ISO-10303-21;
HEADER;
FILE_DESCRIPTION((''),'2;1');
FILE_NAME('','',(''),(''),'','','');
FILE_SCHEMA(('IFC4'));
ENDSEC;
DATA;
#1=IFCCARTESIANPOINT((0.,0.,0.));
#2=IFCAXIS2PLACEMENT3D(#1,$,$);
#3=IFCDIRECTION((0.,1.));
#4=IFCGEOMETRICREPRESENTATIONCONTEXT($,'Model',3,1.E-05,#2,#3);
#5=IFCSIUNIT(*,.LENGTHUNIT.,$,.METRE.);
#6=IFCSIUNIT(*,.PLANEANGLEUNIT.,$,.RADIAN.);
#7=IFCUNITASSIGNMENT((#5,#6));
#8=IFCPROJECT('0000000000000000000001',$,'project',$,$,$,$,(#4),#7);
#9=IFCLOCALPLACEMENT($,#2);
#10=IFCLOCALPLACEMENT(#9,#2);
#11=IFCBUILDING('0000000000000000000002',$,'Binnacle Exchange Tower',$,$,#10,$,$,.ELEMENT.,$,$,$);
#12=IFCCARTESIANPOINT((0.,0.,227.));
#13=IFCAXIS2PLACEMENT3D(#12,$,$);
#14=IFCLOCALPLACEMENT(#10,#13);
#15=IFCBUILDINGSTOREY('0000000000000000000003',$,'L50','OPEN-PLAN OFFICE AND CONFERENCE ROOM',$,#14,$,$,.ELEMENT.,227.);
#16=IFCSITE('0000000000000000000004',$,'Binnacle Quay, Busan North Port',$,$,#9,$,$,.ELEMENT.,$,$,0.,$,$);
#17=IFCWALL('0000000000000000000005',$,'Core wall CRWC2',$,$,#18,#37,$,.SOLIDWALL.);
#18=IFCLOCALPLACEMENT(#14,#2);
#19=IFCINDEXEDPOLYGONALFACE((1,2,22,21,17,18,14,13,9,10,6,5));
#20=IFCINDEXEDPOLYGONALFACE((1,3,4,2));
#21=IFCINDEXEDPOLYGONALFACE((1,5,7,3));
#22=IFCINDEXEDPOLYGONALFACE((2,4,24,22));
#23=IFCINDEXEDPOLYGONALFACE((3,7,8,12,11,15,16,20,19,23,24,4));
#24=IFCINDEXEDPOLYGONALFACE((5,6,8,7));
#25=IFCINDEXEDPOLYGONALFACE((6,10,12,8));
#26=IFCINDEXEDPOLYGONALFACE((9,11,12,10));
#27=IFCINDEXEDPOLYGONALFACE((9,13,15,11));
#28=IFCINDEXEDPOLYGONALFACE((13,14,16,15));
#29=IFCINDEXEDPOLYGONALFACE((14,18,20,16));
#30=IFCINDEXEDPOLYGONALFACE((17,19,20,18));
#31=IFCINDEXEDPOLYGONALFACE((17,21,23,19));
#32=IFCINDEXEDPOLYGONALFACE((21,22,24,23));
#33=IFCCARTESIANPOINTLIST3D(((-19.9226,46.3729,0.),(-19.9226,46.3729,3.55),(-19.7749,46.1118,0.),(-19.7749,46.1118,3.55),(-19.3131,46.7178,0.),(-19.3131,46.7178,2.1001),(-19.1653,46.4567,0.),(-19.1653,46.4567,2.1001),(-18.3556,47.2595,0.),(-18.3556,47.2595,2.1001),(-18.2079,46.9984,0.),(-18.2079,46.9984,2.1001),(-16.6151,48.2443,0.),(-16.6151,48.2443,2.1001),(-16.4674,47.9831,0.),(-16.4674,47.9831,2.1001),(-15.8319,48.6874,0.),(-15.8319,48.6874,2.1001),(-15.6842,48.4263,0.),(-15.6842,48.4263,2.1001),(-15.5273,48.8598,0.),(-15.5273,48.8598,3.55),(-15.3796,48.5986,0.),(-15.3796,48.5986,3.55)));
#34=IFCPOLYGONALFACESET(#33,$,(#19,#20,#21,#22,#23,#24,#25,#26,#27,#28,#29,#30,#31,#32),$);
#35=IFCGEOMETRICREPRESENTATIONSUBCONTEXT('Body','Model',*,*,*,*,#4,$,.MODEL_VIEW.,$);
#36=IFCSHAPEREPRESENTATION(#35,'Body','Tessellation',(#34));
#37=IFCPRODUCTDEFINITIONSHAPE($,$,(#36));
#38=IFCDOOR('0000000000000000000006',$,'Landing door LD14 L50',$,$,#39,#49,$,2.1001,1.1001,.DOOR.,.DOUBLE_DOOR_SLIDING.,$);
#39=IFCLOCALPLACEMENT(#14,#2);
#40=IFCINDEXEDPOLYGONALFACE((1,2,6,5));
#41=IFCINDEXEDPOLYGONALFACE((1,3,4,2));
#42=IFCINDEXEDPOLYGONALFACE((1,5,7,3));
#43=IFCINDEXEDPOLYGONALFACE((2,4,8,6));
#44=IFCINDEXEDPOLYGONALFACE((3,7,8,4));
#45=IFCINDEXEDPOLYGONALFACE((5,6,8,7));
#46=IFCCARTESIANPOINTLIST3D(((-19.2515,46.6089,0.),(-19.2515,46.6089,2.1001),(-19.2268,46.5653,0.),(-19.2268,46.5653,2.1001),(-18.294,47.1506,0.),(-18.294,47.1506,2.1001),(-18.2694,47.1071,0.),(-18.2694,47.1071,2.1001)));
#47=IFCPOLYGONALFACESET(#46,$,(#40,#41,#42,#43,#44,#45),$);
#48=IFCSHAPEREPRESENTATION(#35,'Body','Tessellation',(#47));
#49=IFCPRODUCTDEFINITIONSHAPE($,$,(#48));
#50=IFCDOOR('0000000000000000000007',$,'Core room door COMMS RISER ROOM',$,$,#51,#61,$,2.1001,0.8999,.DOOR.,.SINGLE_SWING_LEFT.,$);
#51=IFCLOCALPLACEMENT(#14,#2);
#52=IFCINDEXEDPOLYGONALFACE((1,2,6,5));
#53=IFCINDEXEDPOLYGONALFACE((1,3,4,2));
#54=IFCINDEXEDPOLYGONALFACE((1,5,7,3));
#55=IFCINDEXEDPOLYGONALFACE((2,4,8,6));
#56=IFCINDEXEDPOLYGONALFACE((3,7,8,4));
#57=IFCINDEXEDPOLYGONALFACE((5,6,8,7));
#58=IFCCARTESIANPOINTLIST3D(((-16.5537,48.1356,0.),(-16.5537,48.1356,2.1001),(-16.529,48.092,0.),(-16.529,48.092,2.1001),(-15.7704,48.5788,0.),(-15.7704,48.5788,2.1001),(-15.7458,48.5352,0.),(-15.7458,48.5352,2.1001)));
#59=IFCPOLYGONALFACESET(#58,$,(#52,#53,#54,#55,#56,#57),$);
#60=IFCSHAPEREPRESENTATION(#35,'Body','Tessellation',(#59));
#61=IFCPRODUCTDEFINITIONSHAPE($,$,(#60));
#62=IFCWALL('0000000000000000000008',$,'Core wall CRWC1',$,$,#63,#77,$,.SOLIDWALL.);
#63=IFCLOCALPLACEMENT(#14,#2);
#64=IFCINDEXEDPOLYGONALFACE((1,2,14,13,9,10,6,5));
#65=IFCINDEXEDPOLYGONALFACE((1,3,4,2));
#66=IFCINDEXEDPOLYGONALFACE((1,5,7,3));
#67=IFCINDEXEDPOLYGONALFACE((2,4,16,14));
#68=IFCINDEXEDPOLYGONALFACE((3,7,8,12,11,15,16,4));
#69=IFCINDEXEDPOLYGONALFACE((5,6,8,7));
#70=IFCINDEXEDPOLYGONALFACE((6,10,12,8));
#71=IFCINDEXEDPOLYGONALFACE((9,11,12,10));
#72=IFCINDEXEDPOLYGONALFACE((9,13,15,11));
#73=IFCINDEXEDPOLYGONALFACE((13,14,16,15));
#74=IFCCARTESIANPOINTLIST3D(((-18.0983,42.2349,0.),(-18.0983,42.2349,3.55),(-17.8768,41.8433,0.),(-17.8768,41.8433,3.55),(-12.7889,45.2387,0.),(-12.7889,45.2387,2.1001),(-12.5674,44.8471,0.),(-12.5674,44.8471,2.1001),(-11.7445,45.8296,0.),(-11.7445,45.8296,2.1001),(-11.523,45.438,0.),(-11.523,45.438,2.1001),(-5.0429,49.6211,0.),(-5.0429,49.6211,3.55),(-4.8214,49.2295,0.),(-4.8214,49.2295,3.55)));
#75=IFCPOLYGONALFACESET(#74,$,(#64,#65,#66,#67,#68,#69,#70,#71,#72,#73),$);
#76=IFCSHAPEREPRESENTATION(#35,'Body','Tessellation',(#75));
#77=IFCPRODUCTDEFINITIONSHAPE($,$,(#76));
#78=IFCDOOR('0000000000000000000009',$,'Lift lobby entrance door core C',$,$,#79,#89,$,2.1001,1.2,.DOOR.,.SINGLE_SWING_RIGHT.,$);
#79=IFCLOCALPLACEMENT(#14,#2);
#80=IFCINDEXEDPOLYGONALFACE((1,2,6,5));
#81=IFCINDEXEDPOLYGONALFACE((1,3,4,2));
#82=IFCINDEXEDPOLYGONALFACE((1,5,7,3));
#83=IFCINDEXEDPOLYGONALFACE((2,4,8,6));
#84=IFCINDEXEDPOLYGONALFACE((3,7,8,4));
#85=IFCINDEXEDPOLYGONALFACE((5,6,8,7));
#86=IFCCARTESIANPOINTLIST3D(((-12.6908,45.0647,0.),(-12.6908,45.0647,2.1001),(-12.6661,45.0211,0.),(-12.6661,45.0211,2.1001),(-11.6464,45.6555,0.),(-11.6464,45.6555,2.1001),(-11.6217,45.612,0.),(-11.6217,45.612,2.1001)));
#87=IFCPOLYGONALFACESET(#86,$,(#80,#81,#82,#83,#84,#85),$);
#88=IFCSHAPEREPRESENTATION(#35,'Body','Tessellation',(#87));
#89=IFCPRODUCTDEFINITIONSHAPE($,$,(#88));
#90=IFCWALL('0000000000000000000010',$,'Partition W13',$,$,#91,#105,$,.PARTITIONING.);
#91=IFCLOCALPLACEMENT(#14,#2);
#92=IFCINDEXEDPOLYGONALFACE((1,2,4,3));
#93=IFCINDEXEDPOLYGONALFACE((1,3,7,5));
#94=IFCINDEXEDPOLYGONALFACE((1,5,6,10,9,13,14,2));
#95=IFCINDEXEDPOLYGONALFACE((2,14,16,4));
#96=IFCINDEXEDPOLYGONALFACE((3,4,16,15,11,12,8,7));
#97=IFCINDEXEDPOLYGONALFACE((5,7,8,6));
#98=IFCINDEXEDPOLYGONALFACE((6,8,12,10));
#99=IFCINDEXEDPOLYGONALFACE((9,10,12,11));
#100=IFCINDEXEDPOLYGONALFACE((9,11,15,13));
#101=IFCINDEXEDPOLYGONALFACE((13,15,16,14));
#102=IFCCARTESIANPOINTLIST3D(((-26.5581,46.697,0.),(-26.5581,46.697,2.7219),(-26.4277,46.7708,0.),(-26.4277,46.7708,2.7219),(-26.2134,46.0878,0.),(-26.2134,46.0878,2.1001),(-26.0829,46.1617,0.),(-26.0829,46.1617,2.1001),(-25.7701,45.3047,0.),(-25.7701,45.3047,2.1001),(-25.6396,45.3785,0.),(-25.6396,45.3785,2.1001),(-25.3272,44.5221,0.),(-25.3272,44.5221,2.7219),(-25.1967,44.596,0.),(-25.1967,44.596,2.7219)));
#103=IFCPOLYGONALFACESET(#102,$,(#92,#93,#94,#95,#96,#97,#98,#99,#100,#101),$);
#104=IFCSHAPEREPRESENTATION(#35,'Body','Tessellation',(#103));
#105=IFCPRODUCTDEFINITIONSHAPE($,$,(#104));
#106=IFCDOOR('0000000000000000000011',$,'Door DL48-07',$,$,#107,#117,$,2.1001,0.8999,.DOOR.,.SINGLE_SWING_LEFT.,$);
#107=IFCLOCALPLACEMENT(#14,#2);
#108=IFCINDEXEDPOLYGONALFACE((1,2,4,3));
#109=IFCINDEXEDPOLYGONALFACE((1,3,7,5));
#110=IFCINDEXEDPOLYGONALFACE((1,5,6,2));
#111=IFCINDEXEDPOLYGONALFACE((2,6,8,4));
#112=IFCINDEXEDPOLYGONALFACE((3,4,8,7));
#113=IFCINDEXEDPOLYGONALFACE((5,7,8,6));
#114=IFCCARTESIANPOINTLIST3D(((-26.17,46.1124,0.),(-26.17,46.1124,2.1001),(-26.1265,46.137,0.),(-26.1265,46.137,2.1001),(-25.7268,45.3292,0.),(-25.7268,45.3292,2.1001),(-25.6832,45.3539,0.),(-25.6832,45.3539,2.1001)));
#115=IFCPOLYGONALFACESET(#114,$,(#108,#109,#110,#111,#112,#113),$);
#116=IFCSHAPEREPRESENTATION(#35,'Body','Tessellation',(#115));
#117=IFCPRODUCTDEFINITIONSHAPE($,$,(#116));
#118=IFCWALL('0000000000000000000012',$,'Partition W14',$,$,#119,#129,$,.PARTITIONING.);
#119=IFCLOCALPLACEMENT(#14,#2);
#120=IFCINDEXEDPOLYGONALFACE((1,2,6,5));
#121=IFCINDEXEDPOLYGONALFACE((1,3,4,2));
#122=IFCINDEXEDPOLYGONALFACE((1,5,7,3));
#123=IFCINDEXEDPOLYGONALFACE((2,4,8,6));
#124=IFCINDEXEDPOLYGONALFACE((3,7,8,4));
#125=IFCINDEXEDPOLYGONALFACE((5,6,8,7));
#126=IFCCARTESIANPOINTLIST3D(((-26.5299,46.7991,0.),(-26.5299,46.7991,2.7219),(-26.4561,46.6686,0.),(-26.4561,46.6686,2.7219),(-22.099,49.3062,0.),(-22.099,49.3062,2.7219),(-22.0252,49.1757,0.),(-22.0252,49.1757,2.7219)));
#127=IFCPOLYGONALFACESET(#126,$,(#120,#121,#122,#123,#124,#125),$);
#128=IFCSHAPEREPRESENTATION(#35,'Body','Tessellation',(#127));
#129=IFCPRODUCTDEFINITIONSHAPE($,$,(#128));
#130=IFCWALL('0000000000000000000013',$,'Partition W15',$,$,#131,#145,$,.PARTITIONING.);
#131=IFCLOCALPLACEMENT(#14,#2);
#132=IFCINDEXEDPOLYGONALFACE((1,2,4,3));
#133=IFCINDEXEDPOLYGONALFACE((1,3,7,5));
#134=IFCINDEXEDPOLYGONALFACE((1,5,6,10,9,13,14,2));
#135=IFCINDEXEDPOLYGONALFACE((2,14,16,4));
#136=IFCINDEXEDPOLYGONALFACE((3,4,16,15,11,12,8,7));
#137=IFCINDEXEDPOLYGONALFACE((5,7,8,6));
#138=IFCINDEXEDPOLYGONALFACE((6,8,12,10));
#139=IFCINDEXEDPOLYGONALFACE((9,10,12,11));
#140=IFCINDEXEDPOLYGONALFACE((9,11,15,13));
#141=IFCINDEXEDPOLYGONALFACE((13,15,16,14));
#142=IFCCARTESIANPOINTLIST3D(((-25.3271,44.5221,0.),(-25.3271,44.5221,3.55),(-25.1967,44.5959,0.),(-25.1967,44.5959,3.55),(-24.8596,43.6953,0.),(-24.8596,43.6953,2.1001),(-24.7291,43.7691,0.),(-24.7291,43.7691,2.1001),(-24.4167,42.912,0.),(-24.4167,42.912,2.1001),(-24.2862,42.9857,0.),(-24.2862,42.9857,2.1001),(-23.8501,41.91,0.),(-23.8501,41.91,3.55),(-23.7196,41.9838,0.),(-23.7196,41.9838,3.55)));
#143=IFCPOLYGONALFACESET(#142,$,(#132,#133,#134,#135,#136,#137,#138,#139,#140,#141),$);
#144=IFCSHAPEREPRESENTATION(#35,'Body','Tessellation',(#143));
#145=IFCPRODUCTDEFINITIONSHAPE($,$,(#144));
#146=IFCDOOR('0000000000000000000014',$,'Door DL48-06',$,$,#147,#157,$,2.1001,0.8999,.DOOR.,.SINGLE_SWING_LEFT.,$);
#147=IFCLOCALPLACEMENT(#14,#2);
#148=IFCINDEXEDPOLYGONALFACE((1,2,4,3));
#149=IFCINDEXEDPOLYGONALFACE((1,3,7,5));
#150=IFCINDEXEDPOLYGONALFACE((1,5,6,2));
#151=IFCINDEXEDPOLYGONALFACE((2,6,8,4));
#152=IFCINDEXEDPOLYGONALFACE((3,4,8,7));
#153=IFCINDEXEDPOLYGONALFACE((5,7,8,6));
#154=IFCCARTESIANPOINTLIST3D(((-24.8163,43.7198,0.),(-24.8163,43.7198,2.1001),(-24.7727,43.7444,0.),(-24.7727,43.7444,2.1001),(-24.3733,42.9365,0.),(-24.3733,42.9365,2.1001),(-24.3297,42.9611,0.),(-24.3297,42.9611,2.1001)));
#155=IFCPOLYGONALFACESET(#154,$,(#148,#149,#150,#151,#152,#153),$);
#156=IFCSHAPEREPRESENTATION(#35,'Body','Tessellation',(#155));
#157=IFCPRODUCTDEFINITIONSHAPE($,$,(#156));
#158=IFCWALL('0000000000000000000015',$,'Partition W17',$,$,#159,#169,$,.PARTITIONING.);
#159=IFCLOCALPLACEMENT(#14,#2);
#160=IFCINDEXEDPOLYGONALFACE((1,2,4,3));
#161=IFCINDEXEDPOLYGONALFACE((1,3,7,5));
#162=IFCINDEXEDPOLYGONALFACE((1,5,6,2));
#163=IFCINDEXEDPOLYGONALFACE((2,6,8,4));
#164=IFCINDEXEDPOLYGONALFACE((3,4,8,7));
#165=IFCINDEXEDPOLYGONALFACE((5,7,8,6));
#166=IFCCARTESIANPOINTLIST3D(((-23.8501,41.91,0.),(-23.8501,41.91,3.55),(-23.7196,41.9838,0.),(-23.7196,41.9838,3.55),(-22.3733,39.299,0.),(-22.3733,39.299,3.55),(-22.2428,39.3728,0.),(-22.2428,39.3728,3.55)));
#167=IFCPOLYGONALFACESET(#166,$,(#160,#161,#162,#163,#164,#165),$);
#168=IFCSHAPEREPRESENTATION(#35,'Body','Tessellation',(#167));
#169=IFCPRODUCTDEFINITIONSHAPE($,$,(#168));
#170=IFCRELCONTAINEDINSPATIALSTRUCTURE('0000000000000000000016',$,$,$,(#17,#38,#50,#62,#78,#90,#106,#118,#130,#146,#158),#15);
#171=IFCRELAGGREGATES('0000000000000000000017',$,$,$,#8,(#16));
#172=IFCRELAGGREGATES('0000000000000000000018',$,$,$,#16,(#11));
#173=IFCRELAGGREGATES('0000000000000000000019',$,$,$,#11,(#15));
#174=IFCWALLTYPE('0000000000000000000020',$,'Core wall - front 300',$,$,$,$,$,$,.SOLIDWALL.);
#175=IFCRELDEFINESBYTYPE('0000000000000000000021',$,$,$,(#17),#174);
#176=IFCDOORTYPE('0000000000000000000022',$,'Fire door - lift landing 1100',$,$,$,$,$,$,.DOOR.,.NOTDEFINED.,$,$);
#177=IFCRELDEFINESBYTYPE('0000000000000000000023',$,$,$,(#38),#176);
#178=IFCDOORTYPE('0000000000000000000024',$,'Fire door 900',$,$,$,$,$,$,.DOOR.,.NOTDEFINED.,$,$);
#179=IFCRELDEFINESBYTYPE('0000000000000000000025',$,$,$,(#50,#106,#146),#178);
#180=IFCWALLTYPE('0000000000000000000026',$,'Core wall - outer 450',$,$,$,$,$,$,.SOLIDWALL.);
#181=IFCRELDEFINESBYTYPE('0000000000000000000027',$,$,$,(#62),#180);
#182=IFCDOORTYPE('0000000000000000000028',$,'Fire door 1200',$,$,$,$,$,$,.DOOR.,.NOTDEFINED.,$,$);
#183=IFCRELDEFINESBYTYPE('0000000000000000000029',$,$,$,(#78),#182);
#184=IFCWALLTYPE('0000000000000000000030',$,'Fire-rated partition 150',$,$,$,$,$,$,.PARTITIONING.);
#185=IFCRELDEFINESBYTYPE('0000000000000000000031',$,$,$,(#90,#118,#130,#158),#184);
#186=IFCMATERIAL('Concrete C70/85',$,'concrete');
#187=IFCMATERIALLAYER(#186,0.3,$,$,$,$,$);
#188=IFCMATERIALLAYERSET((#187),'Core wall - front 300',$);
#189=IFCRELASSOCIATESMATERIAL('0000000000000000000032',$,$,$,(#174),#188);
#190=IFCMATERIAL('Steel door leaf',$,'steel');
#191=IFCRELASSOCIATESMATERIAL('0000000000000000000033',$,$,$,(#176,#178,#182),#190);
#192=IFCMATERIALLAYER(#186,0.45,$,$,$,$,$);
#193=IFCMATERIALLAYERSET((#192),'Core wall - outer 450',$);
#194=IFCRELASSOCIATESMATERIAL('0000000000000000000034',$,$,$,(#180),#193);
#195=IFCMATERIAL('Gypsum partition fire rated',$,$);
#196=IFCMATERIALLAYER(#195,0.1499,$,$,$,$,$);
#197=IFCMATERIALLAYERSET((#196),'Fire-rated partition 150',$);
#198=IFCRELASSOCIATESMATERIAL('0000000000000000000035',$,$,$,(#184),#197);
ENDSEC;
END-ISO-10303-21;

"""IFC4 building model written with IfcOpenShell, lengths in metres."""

from ifc_helpers import new_model, si_unit, direction, frame, frame_2d, origin, place, context, subcontext, project, spatial, rectangle, extrude, material, layer, layer_set, type_object, element, fill, save


model = new_model("IFC4")

# Units and contexts
model_context = context("Model", 3, precision=1e-05, world=origin(), true_north=direction((0.0, 1.0)))
body_context = subcontext(model_context, "Body", "Model", "MODEL_VIEW")
ifc_project = project(units=[si_unit("LENGTHUNIT", "METRE"), si_unit("PLANEANGLEUNIT", "RADIAN")], contexts=[model_context])

# Site, building, storey
site_placement = place(None, origin())
site = spatial("IfcSite", under=ifc_project, at=site_placement, Name="Binnacle Quay, Busan North Port", CompositionType="ELEMENT", RefElevation=0.0)
building_placement = place(site_placement, origin())
building = spatial("IfcBuilding", under=site, at=building_placement, Name="Binnacle Exchange Tower", CompositionType="ELEMENT")
storey_placement = place(building_placement, frame((0.0, 0.0, 227.0)))
storey = spatial("IfcBuildingStorey", under=building, at=storey_placement, Name="L50", Description="OPEN-PLAN OFFICE AND CONFERENCE ROOM", CompositionType="ELEMENT", Elevation=227.0)

# Wall, openings, doors
ifc_material_1 = material(Name="Concrete C70/85", Category="concrete")
ifc_layer_1 = layer(ifc_material_1, 0.3)
ifc_layer_set_1 = layer_set([ifc_layer_1], Name="Core wall - front 300")
wall_type_1 = type_object("IfcWallType", Name="Core wall - front 300", PredefinedType="SOLIDWALL", material=ifc_layer_set_1)
wall_1_placement = place(storey_placement, frame((-19.8486, 46.2424, 0.0), z_axis=(0.0, 0.0, 1.0), x_axis=(0.870348, 0.492438, 0.0)))
wall_1 = element("IfcWall", 1, at=wall_1_placement, inside=storey, type_object=wall_type_1, Name="Core wall CRWC2", PredefinedType="SOLIDWALL", context=body_context, shape_type="SweptSolid", body=[
    extrude(rectangle(XDim=5.05, YDim=0.3, at=frame_2d((2.5249, 0.0))), origin(), (0.0, 0.0, 1.0), 3.55),
])
opening_1_placement = place(wall_1_placement, frame((0.7002, 0.0, 0.0)))
opening_1 = element("IfcOpeningElement", 2, at=opening_1_placement, cuts=wall_1, PredefinedType="OPENING", context=body_context, shape_type="SweptSolid", body=[
    extrude(rectangle(XDim=1.1001, YDim=2.1001, at=frame_2d((0.55, 1.05))), frame((0.0, 0.1599, 0.0), z_axis=(0.0, -1.0, 0.0), x_axis=(1.0, 0.0, 0.0)), (0.0, 0.0, 1.0), 0.3201),
])
opening_2_placement = place(wall_1_placement, frame((3.8, 0.0, 0.0)))
opening_2 = element("IfcOpeningElement", 3, at=opening_2_placement, cuts=wall_1, PredefinedType="OPENING", context=body_context, shape_type="SweptSolid", body=[
    extrude(rectangle(XDim=0.8999, YDim=2.1001, at=frame_2d((0.45, 1.05))), frame((0.0, 0.1599, 0.0), z_axis=(0.0, -1.0, 0.0), x_axis=(1.0, 0.0, 0.0)), (0.0, 0.0, 1.0), 0.3201),
])
ifc_material_2 = material(Name="Steel door leaf", Category="steel")
door_type_1 = type_object("IfcDoorType", Name="Fire door - lift landing 1100", OperationType="NOTDEFINED", PredefinedType="DOOR", material=ifc_material_2)
door_1_placement = place(opening_1_placement, origin())
door_1 = element("IfcDoor", 4, at=door_1_placement, inside=storey, type_object=door_type_1, Name="Landing door LD14 L50", OperationType="DOUBLE_DOOR_SLIDING", OverallHeight=2.1001, OverallWidth=1.1001, PredefinedType="DOOR", context=body_context, shape_type="SweptSolid", body=[
    extrude(rectangle(XDim=1.1001, YDim=2.1001, at=frame_2d((0.55, 1.05))), frame((0.0, 0.0249, 0.0), z_axis=(0.0, -1.0, 0.0), x_axis=(1.0, 0.0, 0.0)), (0.0, 0.0, 1.0), 0.05),
])
fill(opening_1, door_1)
door_type_2 = type_object("IfcDoorType", Name="Fire door 900", OperationType="NOTDEFINED", PredefinedType="DOOR", material=ifc_material_2)
door_2_placement = place(opening_2_placement, frame((0.8999, 0.0, 0.0), z_axis=(0.0, 0.0, 1.0), x_axis=(-1.0, 0.0, 0.0)))
door_2 = element("IfcDoor", 5, at=door_2_placement, inside=storey, type_object=door_type_2, Name="Core room door COMMS RISER ROOM", OperationType="SINGLE_SWING_LEFT", OverallHeight=2.1001, OverallWidth=0.8999, PredefinedType="DOOR", context=body_context, shape_type="SweptSolid", body=[
    extrude(rectangle(XDim=0.8999, YDim=2.1001, at=frame_2d((0.45, 1.05))), frame((0.0, 0.0249, 0.0), z_axis=(0.0, -1.0, 0.0), x_axis=(1.0, 0.0, 0.0)), (0.0, 0.0, 1.0), 0.05),
])
fill(opening_2, door_2)

# Walls, openings, doors
ifc_layer_2 = layer(ifc_material_1, 0.45)
ifc_layer_set_2 = layer_set([ifc_layer_2], Name="Core wall - outer 450")
wall_type_2 = type_object("IfcWallType", Name="Core wall - outer 450", PredefinedType="SOLIDWALL", material=ifc_layer_set_2)
wall_2_placement = place(storey_placement, frame((-17.9875, 42.0391, 0.0), z_axis=(0.0, 0.0, 1.0), x_axis=(0.870361, 0.492415, 0.0)))
wall_2 = element("IfcWall", 6, at=wall_2_placement, inside=storey, type_object=wall_type_2, Name="Core wall CRWC1", PredefinedType="SOLIDWALL", context=body_context, shape_type="SweptSolid", body=[
    extrude(rectangle(XDim=15.0, YDim=0.45, at=frame_2d((7.5, 0.0))), origin(), (0.0, 0.0, 1.0), 3.55),
])
opening_3_placement = place(wall_2_placement, frame((6.1001, 0.0, 0.0)))
opening_3 = element("IfcOpeningElement", 7, at=opening_3_placement, cuts=wall_2, PredefinedType="OPENING", context=body_context, shape_type="SweptSolid", body=[
    extrude(rectangle(XDim=1.2, YDim=2.1001, at=frame_2d((0.6001, 1.05))), frame((0.0, 0.2349, 0.0), z_axis=(0.0, -1.0, 0.0), x_axis=(1.0, 0.0, 0.0)), (0.0, 0.0, 1.0), 0.47),
])
door_type_3 = type_object("IfcDoorType", Name="Fire door 1200", OperationType="NOTDEFINED", PredefinedType="DOOR", material=ifc_material_2)
door_3_placement = place(opening_3_placement, frame((1.2, 0.0, 0.0), z_axis=(0.0, 0.0, 1.0), x_axis=(-1.0, 0.0, 0.0)))
door_3 = element("IfcDoor", 8, at=door_3_placement, inside=storey, type_object=door_type_3, Name="Lift lobby entrance door core C", OperationType="SINGLE_SWING_RIGHT", OverallHeight=2.1001, OverallWidth=1.2, PredefinedType="DOOR", context=body_context, shape_type="SweptSolid", body=[
    extrude(rectangle(XDim=1.2, YDim=2.1001, at=frame_2d((0.6001, 1.05))), frame((0.0, 0.0249, 0.0), z_axis=(0.0, -1.0, 0.0), x_axis=(1.0, 0.0, 0.0)), (0.0, 0.0, 1.0), 0.05),
])
fill(opening_3, door_3)
ifc_material_3 = material(Name="Gypsum partition fire rated")
ifc_layer_3 = layer(ifc_material_3, 0.1499)
ifc_layer_set_3 = layer_set([ifc_layer_3], Name="Fire-rated partition 150")
wall_type_3 = type_object("IfcWallType", Name="Fire-rated partition 150", PredefinedType="PARTITIONING", material=ifc_layer_set_3)
wall_3_placement = place(storey_placement, frame((-26.4929, 46.7339, 0.0), z_axis=(0.0, 0.0, 1.0), x_axis=(0.492579, -0.870268, 0.0)))
wall_3 = element("IfcWall", 9, at=wall_3_placement, inside=storey, type_object=wall_type_3, Name="Partition W13", PredefinedType="PARTITIONING", context=body_context, shape_type="SweptSolid", body=[
    extrude(rectangle(XDim=2.499, YDim=0.1499, at=frame_2d((1.2495, 0.0))), origin(), (0.0, 0.0, 1.0), 2.7219),
])
opening_4_placement = place(wall_3_placement, frame((0.7, 0.0, 0.0)))
opening_4 = element("IfcOpeningElement", 10, at=opening_4_placement, cuts=wall_3, PredefinedType="OPENING", context=body_context, shape_type="SweptSolid", body=[
    extrude(rectangle(XDim=0.8999, YDim=2.1001, at=frame_2d((0.45, 1.05))), frame((0.0, 0.085, 0.0), z_axis=(0.0, -1.0, 0.0), x_axis=(1.0, 0.0, 0.0)), (0.0, 0.0, 1.0), 0.1699),
])
door_4_placement = place(opening_4_placement, origin())
door_4 = element("IfcDoor", 11, at=door_4_placement, inside=storey, type_object=door_type_2, Name="Door DL48-07", OperationType="SINGLE_SWING_LEFT", OverallHeight=2.1001, OverallWidth=0.8999, PredefinedType="DOOR", context=body_context, shape_type="SweptSolid", body=[
    extrude(rectangle(XDim=0.8999, YDim=2.1001, at=frame_2d((0.45, 1.05))), frame((0.0, 0.0249, 0.0), z_axis=(0.0, -1.0, 0.0), x_axis=(1.0, 0.0, 0.0)), (0.0, 0.0, 1.0), 0.05),
])
fill(opening_4, door_4)

# Wall
wall_4_placement = place(storey_placement, frame((-26.4929, 46.7339, 0.0), z_axis=(0.0, 0.0, 1.0), x_axis=(0.870339, 0.492452, 0.0)))
element("IfcWall", 12, at=wall_4_placement, inside=storey, type_object=wall_type_3, Name="Partition W14", PredefinedType="PARTITIONING", context=body_context, shape_type="SweptSolid", body=[
    extrude(rectangle(XDim=5.0911, YDim=0.1499, at=frame_2d((2.5454, 0.0))), origin(), (0.0, 0.0, 1.0), 2.7219),
])

# Wall, opening, door
wall_5_placement = place(storey_placement, frame((-25.262, 44.5591, 0.0), z_axis=(0.0, 0.0, 1.0), x_axis=(0.492226, -0.870467, 0.0)))
wall_5 = element("IfcWall", 13, at=wall_5_placement, inside=storey, type_object=wall_type_3, Name="Partition W15", PredefinedType="PARTITIONING", context=body_context, shape_type="SweptSolid", body=[
    extrude(rectangle(XDim=3.0007, YDim=0.1499, at=frame_2d((1.5005, 0.0))), origin(), (0.0, 0.0, 1.0), 3.55),
])
opening_5_placement = place(wall_5_placement, frame((0.95, 0.0, 0.0)))
opening_5 = element("IfcOpeningElement", 14, at=opening_5_placement, cuts=wall_5, PredefinedType="OPENING", context=body_context, shape_type="SweptSolid", body=[
    extrude(rectangle(XDim=0.8999, YDim=2.1001, at=frame_2d((0.45, 1.05))), frame((0.0, 0.085, 0.0), z_axis=(0.0, -1.0, 0.0), x_axis=(1.0, 0.0, 0.0)), (0.0, 0.0, 1.0), 0.1699),
])
door_5_placement = place(opening_5_placement, origin())
door_5 = element("IfcDoor", 15, at=door_5_placement, inside=storey, type_object=door_type_2, Name="Door DL48-06", OperationType="SINGLE_SWING_LEFT", OverallHeight=2.1001, OverallWidth=0.8999, PredefinedType="DOOR", context=body_context, shape_type="SweptSolid", body=[
    extrude(rectangle(XDim=0.8999, YDim=2.1001, at=frame_2d((0.45, 1.05))), frame((0.0, 0.0249, 0.0), z_axis=(0.0, -1.0, 0.0), x_axis=(1.0, 0.0, 0.0)), (0.0, 0.0, 1.0), 0.05),
])
fill(opening_5, door_5)

# Wall
wall_6_placement = place(storey_placement, frame((-23.7849, 41.947, 0.0), z_axis=(0.0, 0.0, 1.0), x_axis=(0.492304, -0.870423, 0.0)))
element("IfcWall", 16, at=wall_6_placement, inside=storey, type_object=wall_type_3, Name="Partition W17", PredefinedType="PARTITIONING", context=body_context, shape_type="SweptSolid", body=[
    extrude(rectangle(XDim=2.9998, YDim=0.1499, at=frame_2d((1.5, 0.0))), origin(), (0.0, 0.0, 1.0), 3.55),
])

save(model, "model.ifc")
